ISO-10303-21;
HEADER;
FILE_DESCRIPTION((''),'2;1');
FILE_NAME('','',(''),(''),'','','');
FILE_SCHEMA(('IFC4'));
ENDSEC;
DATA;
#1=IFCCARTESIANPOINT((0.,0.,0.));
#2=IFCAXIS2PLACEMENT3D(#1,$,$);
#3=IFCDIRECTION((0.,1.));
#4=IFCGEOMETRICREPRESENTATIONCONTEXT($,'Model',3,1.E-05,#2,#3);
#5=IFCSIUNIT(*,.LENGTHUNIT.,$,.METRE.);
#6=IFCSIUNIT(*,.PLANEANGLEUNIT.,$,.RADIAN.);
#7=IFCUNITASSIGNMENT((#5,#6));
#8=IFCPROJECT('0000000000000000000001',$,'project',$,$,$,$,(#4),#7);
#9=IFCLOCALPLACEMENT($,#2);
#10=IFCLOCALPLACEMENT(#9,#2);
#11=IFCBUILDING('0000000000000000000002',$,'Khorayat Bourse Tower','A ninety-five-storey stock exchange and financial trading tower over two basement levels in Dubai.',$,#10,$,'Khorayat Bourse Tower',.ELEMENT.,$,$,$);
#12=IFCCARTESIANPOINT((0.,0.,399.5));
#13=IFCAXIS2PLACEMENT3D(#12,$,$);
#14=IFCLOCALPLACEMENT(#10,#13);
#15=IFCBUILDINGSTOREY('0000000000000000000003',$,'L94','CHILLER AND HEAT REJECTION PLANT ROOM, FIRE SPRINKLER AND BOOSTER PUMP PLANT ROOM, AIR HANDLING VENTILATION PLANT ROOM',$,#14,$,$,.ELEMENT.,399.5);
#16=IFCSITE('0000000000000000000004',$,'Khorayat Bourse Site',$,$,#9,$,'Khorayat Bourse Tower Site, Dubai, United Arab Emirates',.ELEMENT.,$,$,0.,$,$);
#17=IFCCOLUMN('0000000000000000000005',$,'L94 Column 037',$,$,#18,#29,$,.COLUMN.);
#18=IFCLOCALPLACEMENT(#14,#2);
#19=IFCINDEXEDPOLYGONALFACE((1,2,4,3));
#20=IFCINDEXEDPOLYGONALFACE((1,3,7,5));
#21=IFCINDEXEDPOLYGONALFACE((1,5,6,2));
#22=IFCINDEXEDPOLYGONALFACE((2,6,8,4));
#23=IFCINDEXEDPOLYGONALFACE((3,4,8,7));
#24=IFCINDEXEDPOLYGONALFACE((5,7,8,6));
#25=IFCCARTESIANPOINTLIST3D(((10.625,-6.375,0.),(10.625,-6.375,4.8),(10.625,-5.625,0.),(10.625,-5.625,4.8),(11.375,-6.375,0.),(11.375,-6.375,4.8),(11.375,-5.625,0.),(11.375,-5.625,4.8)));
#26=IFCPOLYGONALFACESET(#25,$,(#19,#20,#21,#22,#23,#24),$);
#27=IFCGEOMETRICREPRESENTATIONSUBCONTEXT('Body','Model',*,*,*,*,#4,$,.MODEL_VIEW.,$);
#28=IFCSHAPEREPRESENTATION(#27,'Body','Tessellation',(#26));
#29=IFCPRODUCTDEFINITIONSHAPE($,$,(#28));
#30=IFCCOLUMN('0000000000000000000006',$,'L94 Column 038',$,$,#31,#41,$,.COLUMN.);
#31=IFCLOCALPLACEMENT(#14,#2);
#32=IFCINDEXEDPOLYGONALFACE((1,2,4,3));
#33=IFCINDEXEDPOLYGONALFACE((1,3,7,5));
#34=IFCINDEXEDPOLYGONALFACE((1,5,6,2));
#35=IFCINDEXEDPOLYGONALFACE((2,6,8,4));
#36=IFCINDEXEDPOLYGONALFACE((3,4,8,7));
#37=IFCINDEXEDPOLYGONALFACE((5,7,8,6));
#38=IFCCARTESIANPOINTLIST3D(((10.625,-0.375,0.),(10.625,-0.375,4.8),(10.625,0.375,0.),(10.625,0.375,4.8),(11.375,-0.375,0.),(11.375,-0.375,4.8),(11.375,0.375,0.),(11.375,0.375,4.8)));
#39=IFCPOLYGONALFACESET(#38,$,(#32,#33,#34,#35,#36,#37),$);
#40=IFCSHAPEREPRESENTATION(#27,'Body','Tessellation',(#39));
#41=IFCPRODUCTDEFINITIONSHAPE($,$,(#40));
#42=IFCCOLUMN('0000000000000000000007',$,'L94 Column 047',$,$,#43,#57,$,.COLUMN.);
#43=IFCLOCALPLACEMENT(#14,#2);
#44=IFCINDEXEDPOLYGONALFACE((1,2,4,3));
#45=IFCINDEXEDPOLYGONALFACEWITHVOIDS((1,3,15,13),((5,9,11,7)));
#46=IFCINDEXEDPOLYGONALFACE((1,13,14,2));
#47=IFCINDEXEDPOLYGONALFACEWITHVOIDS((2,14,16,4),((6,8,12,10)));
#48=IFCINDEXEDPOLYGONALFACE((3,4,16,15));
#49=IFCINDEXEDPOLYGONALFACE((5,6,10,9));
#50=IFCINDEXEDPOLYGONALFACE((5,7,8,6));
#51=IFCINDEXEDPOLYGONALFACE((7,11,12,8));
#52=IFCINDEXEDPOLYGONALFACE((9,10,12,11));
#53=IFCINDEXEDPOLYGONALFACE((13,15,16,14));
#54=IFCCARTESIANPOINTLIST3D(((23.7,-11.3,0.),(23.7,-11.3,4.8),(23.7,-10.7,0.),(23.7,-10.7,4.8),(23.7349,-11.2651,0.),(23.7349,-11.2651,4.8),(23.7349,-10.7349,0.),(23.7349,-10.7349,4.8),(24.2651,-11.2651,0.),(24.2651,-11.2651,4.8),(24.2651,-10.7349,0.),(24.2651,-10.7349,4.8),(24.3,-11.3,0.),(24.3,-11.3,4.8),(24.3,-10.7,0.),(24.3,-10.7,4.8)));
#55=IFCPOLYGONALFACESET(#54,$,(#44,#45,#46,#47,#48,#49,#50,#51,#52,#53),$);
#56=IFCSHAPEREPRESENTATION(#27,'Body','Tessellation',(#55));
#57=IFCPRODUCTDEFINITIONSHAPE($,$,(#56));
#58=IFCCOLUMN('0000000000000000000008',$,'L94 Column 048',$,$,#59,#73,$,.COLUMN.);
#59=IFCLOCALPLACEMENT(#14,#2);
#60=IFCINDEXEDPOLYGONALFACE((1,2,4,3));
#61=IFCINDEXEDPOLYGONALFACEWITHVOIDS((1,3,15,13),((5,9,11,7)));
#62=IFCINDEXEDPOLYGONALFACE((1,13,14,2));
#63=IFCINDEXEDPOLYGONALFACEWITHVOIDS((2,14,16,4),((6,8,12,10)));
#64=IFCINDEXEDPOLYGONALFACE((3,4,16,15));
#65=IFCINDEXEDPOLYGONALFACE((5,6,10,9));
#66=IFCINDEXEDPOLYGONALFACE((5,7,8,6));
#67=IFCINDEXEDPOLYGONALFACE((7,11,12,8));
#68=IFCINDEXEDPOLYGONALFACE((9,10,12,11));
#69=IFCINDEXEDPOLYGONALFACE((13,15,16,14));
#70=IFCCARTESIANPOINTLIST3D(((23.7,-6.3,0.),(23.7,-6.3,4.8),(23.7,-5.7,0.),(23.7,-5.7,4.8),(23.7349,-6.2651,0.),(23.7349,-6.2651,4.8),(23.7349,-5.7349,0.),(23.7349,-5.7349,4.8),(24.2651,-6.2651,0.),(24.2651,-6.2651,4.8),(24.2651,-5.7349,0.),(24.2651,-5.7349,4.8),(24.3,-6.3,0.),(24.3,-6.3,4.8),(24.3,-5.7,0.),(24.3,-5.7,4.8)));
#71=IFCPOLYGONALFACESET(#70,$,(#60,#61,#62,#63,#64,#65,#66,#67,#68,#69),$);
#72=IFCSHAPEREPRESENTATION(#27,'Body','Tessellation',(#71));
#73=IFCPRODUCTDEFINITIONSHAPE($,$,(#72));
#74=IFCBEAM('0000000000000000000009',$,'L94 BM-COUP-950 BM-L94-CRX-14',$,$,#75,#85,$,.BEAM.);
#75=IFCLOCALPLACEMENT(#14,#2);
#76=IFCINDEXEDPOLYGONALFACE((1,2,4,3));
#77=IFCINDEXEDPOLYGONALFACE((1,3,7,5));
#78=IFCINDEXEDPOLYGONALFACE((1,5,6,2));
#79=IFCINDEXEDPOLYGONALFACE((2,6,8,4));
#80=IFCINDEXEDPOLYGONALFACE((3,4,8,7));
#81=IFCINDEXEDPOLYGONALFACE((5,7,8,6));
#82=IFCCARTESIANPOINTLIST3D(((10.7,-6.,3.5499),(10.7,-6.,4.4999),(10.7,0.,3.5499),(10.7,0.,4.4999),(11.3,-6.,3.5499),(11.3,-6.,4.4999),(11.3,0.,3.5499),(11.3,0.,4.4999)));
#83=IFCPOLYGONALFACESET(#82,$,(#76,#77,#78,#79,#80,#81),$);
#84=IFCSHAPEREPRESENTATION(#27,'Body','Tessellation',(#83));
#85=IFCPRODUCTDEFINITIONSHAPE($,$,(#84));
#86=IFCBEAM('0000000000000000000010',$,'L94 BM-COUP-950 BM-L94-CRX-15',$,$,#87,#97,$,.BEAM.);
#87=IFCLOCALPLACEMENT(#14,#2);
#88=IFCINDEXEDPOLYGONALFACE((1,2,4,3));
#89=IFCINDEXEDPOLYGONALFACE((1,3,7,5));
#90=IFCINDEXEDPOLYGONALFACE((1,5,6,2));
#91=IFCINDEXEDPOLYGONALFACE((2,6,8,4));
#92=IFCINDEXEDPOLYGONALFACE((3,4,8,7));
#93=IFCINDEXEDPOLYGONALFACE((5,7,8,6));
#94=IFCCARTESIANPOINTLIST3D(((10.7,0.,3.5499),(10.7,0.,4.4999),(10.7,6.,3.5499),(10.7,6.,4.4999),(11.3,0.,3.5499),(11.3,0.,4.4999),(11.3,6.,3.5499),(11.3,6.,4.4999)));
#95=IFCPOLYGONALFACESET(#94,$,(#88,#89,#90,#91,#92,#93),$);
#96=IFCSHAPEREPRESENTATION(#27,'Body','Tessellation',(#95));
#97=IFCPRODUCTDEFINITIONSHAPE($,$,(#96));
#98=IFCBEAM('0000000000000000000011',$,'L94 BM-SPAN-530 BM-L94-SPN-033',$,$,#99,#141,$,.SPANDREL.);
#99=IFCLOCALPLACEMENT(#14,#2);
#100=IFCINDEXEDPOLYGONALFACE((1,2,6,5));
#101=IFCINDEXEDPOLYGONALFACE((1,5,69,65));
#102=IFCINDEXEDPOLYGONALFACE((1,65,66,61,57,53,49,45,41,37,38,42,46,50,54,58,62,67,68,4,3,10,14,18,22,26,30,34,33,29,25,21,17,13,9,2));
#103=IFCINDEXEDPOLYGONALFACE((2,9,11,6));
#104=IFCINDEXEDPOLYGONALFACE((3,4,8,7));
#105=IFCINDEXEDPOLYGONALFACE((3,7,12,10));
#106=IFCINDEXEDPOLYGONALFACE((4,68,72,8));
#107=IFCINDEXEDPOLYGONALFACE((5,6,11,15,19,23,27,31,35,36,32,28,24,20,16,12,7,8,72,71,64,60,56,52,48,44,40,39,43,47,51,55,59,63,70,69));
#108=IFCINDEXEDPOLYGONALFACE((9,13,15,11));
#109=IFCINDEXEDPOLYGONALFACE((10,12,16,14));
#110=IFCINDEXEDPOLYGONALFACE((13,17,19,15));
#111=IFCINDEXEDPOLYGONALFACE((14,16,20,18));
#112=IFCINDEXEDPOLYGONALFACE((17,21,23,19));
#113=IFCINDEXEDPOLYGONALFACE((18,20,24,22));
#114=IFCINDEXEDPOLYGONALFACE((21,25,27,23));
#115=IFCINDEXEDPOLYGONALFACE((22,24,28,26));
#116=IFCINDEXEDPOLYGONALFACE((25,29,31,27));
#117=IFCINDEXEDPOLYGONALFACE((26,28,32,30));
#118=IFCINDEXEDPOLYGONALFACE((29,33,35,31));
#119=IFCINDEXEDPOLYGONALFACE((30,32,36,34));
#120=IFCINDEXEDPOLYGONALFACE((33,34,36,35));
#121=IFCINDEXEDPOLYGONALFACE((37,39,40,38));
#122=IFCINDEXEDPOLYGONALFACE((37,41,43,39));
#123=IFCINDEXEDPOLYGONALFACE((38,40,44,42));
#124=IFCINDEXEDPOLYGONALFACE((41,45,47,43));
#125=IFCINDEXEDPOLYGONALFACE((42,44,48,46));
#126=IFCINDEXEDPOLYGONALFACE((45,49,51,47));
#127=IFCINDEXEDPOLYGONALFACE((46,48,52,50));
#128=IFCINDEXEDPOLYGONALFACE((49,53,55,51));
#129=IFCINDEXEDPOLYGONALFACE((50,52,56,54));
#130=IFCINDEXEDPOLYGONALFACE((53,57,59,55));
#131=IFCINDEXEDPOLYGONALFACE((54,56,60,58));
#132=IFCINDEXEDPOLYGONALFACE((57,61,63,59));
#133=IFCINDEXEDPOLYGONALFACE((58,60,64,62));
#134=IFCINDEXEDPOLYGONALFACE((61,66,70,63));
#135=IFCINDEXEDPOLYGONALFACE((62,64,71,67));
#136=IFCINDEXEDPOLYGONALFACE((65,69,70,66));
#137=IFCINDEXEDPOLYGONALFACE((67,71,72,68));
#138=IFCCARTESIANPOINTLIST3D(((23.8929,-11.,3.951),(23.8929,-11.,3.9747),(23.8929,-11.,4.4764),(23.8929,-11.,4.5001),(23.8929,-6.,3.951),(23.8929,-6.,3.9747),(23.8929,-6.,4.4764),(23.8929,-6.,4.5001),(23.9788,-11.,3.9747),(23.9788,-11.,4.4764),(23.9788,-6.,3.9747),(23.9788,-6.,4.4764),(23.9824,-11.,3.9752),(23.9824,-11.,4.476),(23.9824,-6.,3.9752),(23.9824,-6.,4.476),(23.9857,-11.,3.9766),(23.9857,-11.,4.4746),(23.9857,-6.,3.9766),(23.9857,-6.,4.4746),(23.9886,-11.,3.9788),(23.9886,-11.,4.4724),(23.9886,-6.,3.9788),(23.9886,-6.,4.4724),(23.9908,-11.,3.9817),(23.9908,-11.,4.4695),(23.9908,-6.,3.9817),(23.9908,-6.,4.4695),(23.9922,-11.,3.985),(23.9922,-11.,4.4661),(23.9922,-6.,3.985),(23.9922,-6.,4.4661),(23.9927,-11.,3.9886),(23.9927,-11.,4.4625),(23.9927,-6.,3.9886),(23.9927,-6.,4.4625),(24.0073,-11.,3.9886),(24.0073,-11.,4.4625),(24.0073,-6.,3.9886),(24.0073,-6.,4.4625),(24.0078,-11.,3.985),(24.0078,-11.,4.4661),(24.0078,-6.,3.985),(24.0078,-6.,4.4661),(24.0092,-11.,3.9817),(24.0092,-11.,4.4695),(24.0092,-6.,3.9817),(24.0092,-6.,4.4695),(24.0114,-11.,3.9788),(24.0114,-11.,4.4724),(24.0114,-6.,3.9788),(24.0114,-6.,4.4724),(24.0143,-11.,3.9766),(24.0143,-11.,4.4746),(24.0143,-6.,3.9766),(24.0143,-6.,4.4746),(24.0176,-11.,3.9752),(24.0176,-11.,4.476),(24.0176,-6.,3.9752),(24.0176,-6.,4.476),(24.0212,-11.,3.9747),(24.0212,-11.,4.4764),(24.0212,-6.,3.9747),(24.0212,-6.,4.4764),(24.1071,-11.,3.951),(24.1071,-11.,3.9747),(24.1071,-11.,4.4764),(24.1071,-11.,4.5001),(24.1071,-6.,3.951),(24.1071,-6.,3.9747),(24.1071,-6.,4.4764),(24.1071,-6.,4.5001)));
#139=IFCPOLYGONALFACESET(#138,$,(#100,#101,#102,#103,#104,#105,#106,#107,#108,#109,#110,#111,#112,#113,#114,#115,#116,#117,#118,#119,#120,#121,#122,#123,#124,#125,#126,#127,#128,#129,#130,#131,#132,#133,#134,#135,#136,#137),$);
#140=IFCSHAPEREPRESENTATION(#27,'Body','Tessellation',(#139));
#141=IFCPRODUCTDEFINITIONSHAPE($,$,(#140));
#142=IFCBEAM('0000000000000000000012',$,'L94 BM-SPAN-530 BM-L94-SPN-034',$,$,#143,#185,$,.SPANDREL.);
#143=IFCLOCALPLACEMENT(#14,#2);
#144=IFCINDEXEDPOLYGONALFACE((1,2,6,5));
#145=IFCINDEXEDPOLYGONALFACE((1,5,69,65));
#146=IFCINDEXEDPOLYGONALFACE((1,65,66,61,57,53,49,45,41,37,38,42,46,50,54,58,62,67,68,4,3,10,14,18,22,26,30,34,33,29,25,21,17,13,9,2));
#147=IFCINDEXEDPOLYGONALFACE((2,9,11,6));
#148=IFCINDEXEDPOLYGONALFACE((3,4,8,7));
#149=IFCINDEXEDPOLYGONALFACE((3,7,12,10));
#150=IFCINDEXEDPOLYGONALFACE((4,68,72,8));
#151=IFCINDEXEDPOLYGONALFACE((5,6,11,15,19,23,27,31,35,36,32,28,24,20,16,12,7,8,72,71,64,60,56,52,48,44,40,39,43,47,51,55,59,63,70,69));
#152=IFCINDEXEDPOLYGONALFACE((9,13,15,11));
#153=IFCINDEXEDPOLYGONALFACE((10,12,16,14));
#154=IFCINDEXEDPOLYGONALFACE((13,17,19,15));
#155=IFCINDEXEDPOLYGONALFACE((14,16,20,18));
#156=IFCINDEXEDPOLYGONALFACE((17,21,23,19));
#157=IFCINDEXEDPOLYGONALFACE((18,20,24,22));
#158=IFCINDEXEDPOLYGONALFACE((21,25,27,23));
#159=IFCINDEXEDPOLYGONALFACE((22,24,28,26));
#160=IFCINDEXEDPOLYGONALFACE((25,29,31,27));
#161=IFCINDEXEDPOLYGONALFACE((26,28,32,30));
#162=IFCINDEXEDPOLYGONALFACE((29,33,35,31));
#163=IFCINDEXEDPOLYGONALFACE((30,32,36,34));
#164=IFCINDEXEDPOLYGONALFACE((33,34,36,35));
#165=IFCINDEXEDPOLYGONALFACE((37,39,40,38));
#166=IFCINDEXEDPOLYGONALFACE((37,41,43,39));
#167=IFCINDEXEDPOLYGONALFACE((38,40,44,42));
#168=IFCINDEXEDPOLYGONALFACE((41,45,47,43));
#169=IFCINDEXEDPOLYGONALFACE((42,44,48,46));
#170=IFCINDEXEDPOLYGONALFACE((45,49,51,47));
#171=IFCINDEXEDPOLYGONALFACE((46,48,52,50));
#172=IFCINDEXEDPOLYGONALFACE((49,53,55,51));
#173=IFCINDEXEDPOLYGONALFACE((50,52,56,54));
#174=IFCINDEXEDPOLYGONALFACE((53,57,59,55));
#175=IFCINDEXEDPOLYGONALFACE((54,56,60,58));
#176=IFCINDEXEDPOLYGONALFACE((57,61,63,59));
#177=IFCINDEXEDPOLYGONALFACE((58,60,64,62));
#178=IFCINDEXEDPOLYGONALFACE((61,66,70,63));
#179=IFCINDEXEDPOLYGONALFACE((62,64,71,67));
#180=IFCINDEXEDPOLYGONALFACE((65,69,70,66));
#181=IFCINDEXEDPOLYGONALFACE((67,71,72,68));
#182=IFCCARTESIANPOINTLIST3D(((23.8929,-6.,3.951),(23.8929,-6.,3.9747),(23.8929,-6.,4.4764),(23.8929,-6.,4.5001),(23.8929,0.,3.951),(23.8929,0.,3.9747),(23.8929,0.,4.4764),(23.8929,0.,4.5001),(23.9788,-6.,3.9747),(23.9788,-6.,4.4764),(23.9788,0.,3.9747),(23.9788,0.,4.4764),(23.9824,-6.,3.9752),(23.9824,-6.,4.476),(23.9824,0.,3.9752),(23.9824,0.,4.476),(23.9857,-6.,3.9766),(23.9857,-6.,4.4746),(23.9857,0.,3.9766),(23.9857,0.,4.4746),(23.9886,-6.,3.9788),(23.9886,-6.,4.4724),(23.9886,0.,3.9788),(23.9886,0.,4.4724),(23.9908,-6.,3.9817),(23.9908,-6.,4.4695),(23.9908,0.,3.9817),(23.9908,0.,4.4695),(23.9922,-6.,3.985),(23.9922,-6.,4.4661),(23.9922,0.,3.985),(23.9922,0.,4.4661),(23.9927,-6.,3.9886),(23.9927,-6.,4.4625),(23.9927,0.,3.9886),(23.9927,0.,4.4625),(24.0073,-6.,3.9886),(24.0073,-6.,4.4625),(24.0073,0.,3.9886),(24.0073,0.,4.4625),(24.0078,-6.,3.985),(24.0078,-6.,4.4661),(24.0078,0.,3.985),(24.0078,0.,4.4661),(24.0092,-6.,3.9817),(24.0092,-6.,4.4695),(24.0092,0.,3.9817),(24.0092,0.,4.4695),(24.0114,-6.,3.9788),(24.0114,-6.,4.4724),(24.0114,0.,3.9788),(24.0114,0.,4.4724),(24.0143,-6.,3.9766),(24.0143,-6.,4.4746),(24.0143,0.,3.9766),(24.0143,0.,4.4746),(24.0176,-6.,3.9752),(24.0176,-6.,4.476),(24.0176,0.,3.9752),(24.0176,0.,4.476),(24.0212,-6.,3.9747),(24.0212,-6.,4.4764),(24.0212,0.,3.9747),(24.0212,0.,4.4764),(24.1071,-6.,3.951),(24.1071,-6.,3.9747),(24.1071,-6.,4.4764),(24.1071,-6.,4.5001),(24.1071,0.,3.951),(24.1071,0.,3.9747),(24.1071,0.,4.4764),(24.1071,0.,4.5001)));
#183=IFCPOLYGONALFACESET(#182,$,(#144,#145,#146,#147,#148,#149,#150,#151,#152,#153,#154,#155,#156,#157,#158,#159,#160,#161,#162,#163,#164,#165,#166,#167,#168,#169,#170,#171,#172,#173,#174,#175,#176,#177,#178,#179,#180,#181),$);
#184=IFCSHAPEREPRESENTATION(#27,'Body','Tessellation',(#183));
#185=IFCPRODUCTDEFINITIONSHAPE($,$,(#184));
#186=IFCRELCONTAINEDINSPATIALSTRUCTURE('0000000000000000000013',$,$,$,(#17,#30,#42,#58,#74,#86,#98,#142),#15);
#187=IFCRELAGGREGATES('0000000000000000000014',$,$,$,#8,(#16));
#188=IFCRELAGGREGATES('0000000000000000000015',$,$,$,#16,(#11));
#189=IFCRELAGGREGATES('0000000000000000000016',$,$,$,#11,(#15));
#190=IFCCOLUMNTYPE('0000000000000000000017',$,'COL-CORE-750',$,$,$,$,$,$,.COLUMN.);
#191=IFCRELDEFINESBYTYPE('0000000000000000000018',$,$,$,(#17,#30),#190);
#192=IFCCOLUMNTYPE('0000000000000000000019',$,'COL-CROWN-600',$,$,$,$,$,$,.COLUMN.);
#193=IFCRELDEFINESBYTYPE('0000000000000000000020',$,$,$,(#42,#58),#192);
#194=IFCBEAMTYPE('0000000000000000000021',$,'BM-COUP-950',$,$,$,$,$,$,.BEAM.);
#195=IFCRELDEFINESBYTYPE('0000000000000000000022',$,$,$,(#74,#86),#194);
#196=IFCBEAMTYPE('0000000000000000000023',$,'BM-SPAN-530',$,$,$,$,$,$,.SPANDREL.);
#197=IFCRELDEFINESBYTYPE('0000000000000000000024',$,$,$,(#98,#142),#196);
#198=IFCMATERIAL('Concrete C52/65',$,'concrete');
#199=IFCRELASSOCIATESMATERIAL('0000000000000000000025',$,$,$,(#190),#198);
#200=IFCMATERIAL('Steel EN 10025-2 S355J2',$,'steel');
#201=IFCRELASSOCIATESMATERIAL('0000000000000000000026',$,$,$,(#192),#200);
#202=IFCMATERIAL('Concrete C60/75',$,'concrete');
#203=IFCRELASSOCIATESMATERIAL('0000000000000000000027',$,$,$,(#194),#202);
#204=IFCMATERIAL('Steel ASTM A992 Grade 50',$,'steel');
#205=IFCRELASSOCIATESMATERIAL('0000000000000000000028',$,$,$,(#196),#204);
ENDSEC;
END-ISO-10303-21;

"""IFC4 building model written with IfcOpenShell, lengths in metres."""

from ifc_helpers import new_model, si_unit, direction, frame, origin, origin_2d, place, context, subcontext, project, spatial, rectangle, hollow_rectangle, i_section, extrude, source, transform, mapped, material, material_profile, profile_set, type_object, element, save


model = new_model("IFC4")

# Units and contexts
model_context = context("Model", 3, precision=1e-05, world=origin(), true_north=direction((0.0, 1.0)))
body_context = subcontext(model_context, "Body", "Model", "MODEL_VIEW")
ifc_project = project(units=[si_unit("LENGTHUNIT", "METRE"), si_unit("PLANEANGLEUNIT", "RADIAN")], contexts=[model_context])

# Site, building, storey
site_placement = place(None, origin())
site = spatial("IfcSite", under=ifc_project, at=site_placement, Name="Khorayat Bourse Site", LongName="Khorayat Bourse Tower Site, Dubai, United Arab Emirates", CompositionType="ELEMENT", RefElevation=0.0)
building_placement = place(site_placement, origin())
building = spatial("IfcBuilding", under=site, at=building_placement, Name="Khorayat Bourse Tower", Description="A ninety-five-storey stock exchange and financial trading tower over two basement levels in Dubai.", LongName="Khorayat Bourse Tower", CompositionType="ELEMENT")
storey_placement = place(building_placement, frame((0.0, 0.0, 399.5)))
storey = spatial("IfcBuildingStorey", under=building, at=storey_placement, Name="L94", Description="CHILLER AND HEAT REJECTION PLANT ROOM, FIRE SPRINKLER AND BOOSTER PUMP PLANT ROOM, AIR HANDLING VENTILATION PLANT ROOM", CompositionType="ELEMENT", Elevation=399.5)

# Columns
ifc_material_1 = material(Name="Concrete C52/65", Category="concrete")
ifc_material_profile_1 = material_profile(ifc_material_1, rectangle(XDim=0.75, YDim=0.75, at=origin_2d()), Name="RC 750x750")
ifc_profile_set_1 = profile_set([ifc_material_profile_1], Name="Concrete C52/65")
column_type_1 = type_object("IfcColumnType", Name="COL-CORE-750", PredefinedType="COLUMN", material=ifc_profile_set_1)
shared_shape_1 = source(origin(), body_context, "Body", "SweptSolid", [
    extrude(rectangle(XDim=0.75, YDim=0.75, at=origin_2d()), origin(), (0.0, 0.0, 1.0), 4.8),
])
for number, where, z_axis, x_axis, name in (
    (1, (11.0, -6.0, 0.0), (0.0, 0.0, 1.0), (1.0, 0.0, 0.0), "L94 Column 037"),
    (2, (11.0, 0.0, 0.0), (0.0, 0.0, 1.0), (1.0, 0.0, 0.0), "L94 Column 038"),
):
    element("IfcColumn", number, at=place(storey_placement, frame(where, z_axis=z_axis, x_axis=x_axis)), inside=storey, type_object=column_type_1, Name=name, PredefinedType="COLUMN", context=body_context, shape_type="MappedRepresentation", body=[
        mapped(shared_shape_1, transform((0.0, 0.0, 0.0), scale=1.0)),
    ])
ifc_material_2 = material(Name="Steel EN 10025-2 S355J2", Category="steel")
ifc_material_profile_2 = material_profile(ifc_material_2, hollow_rectangle(XDim=0.6001, YDim=0.6001, WallThickness=0.0349, at=origin_2d()), Name="BOX 600x600x35")
ifc_profile_set_2 = profile_set([ifc_material_profile_2], Name="Steel EN 10025-2 S355J2")
column_type_2 = type_object("IfcColumnType", Name="COL-CROWN-600", PredefinedType="COLUMN", material=ifc_profile_set_2)
shared_shape_2 = source(origin(), body_context, "Body", "SweptSolid", [
    extrude(hollow_rectangle(XDim=0.6001, YDim=0.6001, WallThickness=0.0349, at=origin_2d()), origin(), (0.0, 0.0, 1.0), 4.8),
])
for number, where, z_axis, x_axis, name in (
    (3, (24.0, -11.0, 0.0), (0.0, 0.0, 1.0), (1.0, 0.0, 0.0), "L94 Column 047"),
    (4, (24.0, -6.0, 0.0), (0.0, 0.0, 1.0), (1.0, 0.0, 0.0), "L94 Column 048"),
):
    element("IfcColumn", number, at=place(storey_placement, frame(where, z_axis=z_axis, x_axis=x_axis)), inside=storey, type_object=column_type_2, Name=name, PredefinedType="COLUMN", context=body_context, shape_type="MappedRepresentation", body=[
        mapped(shared_shape_2, transform((0.0, 0.0, 0.0), scale=1.0)),
    ])

# Beams
ifc_material_3 = material(Name="Concrete C60/75", Category="concrete")
ifc_material_profile_3 = material_profile(ifc_material_3, rectangle(XDim=0.6001, YDim=0.95, at=origin_2d()), Name="RC 600x950")
ifc_profile_set_3 = profile_set([ifc_material_profile_3], Name="Concrete C60/75")
beam_type_1 = type_object("IfcBeamType", Name="BM-COUP-950", PredefinedType="BEAM", material=ifc_profile_set_3)
shared_shape_3 = source(origin(), body_context, "Body", "SweptSolid", [
    extrude(rectangle(XDim=0.6001, YDim=0.95, at=origin_2d()), origin(), (0.0, 0.0, 1.0), 6.0),
])
for number, where, z_axis, x_axis, name in (
    (5, (11.0, -6.0, 4.0249), (0.0, 1.0, 0.0), (-1.0, 0.0, 0.0), "L94 BM-COUP-950 BM-L94-CRX-14"),
    (6, (11.0, 0.0, 4.0249), (0.0, 1.0, 0.0), (-1.0, 0.0, 0.0), "L94 BM-COUP-950 BM-L94-CRX-15"),
):
    element("IfcBeam", number, at=place(storey_placement, frame(where, z_axis=z_axis, x_axis=x_axis)), inside=storey, type_object=beam_type_1, Name=name, PredefinedType="BEAM", context=body_context, shape_type="MappedRepresentation", body=[
        mapped(shared_shape_3, transform((0.0, 0.0, 0.0), scale=1.0)),
    ])
ifc_material_4 = material(Name="Steel ASTM A992 Grade 50", Category="steel")
ifc_material_profile_4 = material_profile(ifc_material_4, i_section(OverallWidth=0.2141, OverallDepth=0.5491, WebThickness=0.0146, FlangeThickness=0.0237, FilletRadius=0.0139, at=origin_2d()), Name="W530X138")
ifc_profile_set_4 = profile_set([ifc_material_profile_4], Name="Steel ASTM A992 Grade 50")
beam_type_2 = type_object("IfcBeamType", Name="BM-SPAN-530", PredefinedType="SPANDREL", material=ifc_profile_set_4)
shared_shape_4 = source(origin(), body_context, "Body", "SweptSolid", [
    extrude(i_section(OverallWidth=0.2141, OverallDepth=0.5491, WebThickness=0.0146, FlangeThickness=0.0237, FilletRadius=0.0139, at=origin_2d()), origin(), (0.0, 0.0, 1.0), 5.0),
])
beam_1_placement = place(storey_placement, frame((24.0, -11.0, 4.2256), z_axis=(0.0, 1.0, 0.0), x_axis=(-1.0, 0.0, 0.0)))
element("IfcBeam", 7, at=beam_1_placement, inside=storey, type_object=beam_type_2, Name="L94 BM-SPAN-530 BM-L94-SPN-033", PredefinedType="SPANDREL", context=body_context, shape_type="MappedRepresentation", body=[
    mapped(shared_shape_4, transform((0.0, 0.0, 0.0), scale=1.0)),
])
shared_shape_5 = source(origin(), body_context, "Body", "SweptSolid", [
    extrude(i_section(OverallWidth=0.2141, OverallDepth=0.5491, WebThickness=0.0146, FlangeThickness=0.0237, FilletRadius=0.0139, at=origin_2d()), origin(), (0.0, 0.0, 1.0), 6.0),
])
beam_2_placement = place(storey_placement, frame((24.0, -6.0, 4.2256), z_axis=(0.0, 1.0, 0.0), x_axis=(-1.0, 0.0, 0.0)))
element("IfcBeam", 8, at=beam_2_placement, inside=storey, type_object=beam_type_2, Name="L94 BM-SPAN-530 BM-L94-SPN-034", PredefinedType="SPANDREL", context=body_context, shape_type="MappedRepresentation", body=[
    mapped(shared_shape_5, transform((0.0, 0.0, 0.0), scale=1.0)),
])

save(model, "model.ifc")
